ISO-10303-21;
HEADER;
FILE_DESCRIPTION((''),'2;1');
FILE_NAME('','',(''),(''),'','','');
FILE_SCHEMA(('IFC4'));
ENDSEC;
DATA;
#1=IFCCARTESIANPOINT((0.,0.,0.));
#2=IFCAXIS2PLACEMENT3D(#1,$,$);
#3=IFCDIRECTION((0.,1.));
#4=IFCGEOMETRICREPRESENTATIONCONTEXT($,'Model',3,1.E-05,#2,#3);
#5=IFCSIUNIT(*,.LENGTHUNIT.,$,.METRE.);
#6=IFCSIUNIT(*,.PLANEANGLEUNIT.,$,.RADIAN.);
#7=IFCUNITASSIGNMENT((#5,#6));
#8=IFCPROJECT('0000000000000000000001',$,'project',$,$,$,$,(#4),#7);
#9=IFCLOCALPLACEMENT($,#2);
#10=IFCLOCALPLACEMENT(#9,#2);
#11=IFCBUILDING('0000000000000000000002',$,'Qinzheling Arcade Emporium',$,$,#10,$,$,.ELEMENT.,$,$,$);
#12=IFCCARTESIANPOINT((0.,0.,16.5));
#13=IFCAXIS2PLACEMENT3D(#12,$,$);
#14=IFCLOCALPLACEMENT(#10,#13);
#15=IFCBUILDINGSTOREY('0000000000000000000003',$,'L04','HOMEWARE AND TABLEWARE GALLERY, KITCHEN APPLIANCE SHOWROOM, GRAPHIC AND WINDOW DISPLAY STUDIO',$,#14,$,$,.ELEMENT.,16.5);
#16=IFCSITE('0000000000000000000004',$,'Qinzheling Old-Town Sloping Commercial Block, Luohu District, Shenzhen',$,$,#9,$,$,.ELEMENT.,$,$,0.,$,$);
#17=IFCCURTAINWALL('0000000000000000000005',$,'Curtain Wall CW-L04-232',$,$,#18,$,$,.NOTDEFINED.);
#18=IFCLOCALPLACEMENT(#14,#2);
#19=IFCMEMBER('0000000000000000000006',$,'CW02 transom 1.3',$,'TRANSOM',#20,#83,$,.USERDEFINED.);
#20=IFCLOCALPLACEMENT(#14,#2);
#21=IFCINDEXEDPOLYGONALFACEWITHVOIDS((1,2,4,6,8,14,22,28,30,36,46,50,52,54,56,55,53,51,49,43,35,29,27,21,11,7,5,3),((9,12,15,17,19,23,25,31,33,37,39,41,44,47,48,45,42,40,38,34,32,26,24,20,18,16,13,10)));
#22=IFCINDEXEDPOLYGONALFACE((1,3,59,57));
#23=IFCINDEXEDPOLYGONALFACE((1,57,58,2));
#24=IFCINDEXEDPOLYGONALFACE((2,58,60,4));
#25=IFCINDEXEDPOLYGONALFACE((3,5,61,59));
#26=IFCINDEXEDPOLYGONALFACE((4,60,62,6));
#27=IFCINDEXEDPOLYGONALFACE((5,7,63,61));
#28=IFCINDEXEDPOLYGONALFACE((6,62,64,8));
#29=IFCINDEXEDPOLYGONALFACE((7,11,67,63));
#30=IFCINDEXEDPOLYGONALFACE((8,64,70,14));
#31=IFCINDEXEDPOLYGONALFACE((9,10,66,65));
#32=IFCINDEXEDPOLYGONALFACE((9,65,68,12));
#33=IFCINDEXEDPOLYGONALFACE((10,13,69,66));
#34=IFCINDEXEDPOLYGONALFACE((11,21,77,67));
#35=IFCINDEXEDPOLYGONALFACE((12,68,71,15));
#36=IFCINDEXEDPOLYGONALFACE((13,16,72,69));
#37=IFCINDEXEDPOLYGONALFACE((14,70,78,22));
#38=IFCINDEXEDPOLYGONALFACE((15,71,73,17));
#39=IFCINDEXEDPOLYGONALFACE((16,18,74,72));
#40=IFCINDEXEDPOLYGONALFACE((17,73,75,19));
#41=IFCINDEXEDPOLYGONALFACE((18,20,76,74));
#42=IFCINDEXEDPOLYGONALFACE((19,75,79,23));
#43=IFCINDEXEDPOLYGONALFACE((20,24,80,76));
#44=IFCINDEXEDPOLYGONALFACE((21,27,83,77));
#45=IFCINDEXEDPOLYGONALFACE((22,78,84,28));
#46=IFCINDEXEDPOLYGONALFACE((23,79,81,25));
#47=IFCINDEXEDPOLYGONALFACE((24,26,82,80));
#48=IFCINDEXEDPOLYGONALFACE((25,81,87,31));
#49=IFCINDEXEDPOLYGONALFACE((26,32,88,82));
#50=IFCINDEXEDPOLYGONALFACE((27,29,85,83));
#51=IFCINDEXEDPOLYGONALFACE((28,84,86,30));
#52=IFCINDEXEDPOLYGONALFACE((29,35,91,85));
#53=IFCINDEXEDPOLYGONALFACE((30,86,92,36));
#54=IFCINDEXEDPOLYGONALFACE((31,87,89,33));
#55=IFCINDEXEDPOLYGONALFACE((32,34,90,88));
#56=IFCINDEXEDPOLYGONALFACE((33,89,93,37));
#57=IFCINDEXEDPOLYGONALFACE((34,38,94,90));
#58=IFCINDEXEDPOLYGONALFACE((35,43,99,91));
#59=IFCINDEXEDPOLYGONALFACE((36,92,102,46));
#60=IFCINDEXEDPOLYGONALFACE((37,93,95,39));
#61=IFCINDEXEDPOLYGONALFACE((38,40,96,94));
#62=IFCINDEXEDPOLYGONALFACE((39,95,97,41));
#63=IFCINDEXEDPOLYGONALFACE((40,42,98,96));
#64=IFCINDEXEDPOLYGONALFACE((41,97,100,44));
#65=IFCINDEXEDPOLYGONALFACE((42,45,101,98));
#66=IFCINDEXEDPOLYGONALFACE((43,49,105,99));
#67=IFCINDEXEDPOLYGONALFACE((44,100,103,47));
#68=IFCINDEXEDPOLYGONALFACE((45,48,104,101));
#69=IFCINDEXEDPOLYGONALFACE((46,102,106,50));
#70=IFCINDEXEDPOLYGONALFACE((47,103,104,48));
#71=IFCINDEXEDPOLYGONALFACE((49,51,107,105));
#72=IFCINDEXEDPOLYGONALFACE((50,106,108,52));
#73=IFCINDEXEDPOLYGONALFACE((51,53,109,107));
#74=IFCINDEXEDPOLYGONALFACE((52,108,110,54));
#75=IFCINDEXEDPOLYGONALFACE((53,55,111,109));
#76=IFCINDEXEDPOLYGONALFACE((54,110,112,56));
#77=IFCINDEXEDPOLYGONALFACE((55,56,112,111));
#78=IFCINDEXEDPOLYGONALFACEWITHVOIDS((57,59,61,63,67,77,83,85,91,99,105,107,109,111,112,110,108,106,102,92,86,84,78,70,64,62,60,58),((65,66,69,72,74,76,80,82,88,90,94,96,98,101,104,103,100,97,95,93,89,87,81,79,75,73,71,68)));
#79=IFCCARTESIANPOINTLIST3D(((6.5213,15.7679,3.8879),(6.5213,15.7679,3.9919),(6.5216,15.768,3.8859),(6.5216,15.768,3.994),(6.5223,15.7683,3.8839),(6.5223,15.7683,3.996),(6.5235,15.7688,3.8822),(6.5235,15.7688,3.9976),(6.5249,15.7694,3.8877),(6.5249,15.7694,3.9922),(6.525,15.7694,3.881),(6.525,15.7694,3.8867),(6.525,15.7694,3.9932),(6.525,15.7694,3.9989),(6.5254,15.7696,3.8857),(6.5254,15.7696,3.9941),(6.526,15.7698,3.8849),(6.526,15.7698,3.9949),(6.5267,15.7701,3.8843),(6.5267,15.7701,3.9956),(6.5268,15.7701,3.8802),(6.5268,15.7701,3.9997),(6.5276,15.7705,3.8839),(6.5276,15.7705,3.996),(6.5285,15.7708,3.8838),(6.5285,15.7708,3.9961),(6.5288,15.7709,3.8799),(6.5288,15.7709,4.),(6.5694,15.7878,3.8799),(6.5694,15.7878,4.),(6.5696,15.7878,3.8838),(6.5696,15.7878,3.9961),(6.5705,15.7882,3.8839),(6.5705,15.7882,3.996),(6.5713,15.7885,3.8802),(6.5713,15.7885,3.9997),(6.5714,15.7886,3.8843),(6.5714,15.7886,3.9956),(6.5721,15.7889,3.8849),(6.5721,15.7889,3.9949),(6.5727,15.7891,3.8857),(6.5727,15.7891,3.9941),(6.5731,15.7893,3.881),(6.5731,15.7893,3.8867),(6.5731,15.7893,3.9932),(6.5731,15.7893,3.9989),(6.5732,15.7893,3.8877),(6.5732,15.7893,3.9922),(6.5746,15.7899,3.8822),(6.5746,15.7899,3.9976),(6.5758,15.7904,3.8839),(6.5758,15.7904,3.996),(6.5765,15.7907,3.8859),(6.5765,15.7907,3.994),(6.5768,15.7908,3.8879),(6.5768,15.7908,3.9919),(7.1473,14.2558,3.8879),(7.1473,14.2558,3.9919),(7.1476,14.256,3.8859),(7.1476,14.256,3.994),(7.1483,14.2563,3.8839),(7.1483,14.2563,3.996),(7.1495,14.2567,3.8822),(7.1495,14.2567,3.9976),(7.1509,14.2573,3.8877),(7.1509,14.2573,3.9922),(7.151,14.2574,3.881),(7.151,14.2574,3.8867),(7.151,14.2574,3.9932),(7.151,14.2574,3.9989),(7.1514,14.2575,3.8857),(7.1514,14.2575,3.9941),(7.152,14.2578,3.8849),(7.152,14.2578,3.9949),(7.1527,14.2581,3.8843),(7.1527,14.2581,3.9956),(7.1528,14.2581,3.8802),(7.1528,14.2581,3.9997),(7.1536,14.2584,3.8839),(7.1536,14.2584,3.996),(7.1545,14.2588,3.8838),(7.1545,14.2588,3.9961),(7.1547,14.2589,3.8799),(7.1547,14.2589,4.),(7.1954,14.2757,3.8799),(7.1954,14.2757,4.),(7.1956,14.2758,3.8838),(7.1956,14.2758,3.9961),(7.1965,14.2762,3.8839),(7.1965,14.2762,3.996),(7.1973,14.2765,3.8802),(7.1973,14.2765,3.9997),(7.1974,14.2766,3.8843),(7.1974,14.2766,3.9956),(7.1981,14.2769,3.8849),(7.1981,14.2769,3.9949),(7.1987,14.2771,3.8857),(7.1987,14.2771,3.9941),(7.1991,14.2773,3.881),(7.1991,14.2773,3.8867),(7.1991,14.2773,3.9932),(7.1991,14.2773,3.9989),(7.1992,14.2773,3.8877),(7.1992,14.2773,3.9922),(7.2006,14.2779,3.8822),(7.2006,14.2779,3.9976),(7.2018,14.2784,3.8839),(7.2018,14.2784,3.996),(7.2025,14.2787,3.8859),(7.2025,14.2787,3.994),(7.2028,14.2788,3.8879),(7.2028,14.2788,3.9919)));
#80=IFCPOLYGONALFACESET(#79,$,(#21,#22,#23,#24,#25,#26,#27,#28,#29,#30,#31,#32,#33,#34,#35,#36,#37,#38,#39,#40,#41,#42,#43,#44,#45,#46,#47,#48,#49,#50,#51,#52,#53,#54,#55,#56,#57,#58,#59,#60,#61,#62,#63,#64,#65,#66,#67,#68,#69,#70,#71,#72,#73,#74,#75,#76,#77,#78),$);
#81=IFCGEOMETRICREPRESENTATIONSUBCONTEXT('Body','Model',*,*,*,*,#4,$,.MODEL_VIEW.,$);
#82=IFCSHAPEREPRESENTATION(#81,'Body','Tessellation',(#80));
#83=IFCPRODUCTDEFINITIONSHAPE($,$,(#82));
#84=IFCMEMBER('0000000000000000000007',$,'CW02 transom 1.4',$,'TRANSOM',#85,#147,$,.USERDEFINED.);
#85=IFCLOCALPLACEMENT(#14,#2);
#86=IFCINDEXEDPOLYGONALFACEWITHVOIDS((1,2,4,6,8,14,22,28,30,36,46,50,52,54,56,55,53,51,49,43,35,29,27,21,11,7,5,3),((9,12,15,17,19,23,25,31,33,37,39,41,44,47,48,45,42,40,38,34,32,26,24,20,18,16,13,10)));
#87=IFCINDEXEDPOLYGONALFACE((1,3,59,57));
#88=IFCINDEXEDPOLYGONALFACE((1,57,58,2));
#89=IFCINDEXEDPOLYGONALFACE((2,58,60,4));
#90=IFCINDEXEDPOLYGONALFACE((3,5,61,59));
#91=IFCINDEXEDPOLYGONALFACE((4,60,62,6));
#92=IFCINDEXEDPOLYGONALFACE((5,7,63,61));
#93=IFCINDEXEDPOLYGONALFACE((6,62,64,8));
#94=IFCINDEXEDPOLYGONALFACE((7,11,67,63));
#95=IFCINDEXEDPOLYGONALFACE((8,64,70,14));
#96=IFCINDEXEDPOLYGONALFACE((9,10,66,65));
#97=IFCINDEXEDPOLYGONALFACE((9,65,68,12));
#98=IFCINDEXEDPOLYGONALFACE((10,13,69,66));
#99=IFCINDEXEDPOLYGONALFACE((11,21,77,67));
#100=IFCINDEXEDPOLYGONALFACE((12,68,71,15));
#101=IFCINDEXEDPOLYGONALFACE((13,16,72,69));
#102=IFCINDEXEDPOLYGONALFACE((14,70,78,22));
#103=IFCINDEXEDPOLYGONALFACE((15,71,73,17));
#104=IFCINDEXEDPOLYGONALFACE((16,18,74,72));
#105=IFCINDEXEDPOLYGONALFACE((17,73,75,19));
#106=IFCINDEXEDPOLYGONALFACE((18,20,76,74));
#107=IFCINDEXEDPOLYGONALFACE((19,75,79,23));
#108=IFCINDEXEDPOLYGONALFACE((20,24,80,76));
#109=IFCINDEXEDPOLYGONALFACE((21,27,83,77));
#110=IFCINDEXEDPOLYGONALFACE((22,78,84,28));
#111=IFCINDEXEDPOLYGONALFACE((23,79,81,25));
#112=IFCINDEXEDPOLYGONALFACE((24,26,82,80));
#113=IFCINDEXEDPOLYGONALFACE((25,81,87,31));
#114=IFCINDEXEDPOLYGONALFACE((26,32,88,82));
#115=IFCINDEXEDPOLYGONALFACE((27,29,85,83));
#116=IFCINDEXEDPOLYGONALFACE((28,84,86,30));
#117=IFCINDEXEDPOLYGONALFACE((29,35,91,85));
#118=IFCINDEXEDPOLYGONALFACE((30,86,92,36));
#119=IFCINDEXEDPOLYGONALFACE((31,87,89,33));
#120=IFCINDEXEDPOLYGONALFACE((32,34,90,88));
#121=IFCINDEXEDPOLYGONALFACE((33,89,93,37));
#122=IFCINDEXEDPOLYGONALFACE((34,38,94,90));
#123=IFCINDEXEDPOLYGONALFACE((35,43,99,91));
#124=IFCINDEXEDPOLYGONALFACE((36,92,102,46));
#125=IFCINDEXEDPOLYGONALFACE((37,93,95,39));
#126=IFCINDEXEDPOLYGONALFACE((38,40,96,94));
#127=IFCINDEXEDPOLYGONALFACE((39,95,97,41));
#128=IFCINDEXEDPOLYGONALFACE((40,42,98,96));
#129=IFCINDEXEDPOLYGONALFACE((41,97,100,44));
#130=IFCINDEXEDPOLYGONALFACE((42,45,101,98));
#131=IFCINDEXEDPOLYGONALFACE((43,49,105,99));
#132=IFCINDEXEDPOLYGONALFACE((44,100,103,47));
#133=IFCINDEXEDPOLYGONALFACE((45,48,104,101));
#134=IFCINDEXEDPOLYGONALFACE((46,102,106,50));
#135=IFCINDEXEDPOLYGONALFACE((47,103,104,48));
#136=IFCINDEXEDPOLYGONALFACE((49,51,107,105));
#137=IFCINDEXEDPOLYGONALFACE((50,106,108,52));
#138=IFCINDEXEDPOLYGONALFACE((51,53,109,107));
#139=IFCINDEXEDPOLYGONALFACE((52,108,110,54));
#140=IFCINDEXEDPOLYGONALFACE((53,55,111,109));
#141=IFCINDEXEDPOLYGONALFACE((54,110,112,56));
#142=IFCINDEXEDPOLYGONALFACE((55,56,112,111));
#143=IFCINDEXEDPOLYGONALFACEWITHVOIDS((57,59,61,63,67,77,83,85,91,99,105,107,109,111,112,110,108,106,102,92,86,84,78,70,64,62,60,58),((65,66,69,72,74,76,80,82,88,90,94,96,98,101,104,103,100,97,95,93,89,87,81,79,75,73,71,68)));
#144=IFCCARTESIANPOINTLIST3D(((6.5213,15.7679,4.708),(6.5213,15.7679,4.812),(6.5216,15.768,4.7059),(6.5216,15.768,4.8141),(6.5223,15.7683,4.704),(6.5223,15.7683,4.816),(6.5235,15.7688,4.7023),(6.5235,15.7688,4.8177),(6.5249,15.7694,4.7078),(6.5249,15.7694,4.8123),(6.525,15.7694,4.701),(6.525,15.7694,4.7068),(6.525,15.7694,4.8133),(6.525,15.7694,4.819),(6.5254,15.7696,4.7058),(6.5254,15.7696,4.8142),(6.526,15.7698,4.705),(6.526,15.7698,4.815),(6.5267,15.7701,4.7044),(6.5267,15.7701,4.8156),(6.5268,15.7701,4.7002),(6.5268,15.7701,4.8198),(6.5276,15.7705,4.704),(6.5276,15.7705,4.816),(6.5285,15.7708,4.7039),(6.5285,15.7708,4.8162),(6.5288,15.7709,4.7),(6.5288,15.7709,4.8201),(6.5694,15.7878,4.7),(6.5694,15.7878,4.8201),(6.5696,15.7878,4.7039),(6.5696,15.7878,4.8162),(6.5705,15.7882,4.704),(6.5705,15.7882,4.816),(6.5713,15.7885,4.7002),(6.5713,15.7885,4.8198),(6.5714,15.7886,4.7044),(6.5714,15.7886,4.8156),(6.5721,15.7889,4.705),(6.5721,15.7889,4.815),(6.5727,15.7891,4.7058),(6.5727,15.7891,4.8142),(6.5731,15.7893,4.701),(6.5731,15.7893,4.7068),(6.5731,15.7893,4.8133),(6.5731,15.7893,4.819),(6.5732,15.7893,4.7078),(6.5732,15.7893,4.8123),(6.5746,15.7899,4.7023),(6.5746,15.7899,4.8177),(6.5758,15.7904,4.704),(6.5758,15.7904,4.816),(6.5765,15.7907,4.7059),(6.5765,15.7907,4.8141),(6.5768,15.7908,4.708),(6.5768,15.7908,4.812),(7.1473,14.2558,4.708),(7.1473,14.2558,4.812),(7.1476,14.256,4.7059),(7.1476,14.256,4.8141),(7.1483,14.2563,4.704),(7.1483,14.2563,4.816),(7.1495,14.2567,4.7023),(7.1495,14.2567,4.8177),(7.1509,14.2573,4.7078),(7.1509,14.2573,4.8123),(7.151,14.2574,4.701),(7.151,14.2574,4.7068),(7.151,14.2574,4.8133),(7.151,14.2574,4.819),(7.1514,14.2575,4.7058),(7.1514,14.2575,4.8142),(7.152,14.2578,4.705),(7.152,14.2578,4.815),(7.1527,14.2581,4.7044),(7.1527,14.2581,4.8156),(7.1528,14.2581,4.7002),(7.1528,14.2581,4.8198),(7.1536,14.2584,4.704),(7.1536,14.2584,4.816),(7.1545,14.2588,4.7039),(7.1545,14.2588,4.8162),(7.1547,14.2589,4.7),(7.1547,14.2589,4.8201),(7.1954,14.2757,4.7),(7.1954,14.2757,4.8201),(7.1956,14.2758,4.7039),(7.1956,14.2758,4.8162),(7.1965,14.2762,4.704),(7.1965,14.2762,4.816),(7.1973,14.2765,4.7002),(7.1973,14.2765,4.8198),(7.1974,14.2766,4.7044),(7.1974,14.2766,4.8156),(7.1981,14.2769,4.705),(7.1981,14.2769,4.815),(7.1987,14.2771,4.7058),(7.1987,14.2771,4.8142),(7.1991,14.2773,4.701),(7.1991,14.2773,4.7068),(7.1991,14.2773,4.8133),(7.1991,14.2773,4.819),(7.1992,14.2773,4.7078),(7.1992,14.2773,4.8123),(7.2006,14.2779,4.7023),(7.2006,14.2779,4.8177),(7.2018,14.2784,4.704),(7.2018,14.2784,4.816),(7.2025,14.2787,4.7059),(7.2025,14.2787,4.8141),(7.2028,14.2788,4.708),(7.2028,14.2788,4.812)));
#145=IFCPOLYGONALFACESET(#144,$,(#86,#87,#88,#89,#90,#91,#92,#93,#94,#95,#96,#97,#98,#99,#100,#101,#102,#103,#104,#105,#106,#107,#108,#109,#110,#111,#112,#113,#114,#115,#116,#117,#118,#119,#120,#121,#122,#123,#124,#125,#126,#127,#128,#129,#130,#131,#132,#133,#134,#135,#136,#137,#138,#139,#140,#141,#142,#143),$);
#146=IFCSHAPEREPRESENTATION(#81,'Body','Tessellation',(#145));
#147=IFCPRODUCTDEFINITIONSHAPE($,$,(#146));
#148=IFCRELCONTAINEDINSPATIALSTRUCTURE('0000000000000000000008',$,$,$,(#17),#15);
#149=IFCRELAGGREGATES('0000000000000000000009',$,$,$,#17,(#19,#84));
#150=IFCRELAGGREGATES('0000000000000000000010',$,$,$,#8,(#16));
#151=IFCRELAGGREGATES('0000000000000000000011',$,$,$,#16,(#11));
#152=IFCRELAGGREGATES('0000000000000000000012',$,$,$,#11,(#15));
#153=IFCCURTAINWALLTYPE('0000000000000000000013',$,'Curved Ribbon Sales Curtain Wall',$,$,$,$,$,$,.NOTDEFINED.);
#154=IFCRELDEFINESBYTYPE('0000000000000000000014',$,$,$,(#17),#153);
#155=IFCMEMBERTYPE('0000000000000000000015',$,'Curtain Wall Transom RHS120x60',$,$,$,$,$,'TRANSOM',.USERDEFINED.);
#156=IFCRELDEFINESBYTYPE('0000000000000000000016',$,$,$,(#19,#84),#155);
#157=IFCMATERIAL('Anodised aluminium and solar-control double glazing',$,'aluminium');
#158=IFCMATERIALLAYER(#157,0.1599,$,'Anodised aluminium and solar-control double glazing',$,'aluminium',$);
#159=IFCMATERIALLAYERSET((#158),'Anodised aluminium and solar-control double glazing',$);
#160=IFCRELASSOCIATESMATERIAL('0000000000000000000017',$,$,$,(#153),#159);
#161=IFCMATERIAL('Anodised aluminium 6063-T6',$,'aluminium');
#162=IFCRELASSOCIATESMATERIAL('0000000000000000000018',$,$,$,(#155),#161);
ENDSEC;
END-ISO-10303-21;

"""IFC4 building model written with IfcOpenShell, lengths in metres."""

from ifc_helpers import new_model, si_unit, direction, frame, origin, origin_2d, place, context, subcontext, project, spatial, hollow_rectangle, extrude, material, layer, layer_set, material_profile, profile_set, type_object, element, aggregate, save


model = new_model("IFC4")

# Units and contexts
model_context = context("Model", 3, precision=1e-05, world=origin(), true_north=direction((0.0, 1.0)))
body_context = subcontext(model_context, "Body", "Model", "MODEL_VIEW")
ifc_project = project(units=[si_unit("LENGTHUNIT", "METRE"), si_unit("PLANEANGLEUNIT", "RADIAN")], contexts=[model_context])

# Site, building, storey
site_placement = place(None, origin())
site = spatial("IfcSite", under=ifc_project, at=site_placement, Name="Qinzheling Old-Town Sloping Commercial Block, Luohu District, Shenzhen", CompositionType="ELEMENT", RefElevation=0.0)
building_placement = place(site_placement, origin())
building = spatial("IfcBuilding", under=site, at=building_placement, Name="Qinzheling Arcade Emporium", CompositionType="ELEMENT")
storey_placement = place(building_placement, frame((0.0, 0.0, 16.5)))
storey = spatial("IfcBuildingStorey", under=building, at=storey_placement, Name="L04", Description="HOMEWARE AND TABLEWARE GALLERY, KITCHEN APPLIANCE SHOWROOM, GRAPHIC AND WINDOW DISPLAY STUDIO", CompositionType="ELEMENT", Elevation=16.5)

# Curtain wall
ifc_material_1 = material(Name="Anodised aluminium and solar-control double glazing", Category="aluminium")
ifc_layer_1 = layer(ifc_material_1, 0.1599, Name="Anodised aluminium and solar-control double glazing", Category="aluminium")
ifc_layer_set_1 = layer_set([ifc_layer_1], Name="Anodised aluminium and solar-control double glazing")
curtain_wall_type = type_object("IfcCurtainWallType", Name="Curved Ribbon Sales Curtain Wall", PredefinedType="NOTDEFINED", material=ifc_layer_set_1)
ifc_material_2 = material(Name="Anodised aluminium 6063-T6", Category="aluminium")
curtain_wall_1_placement = place(storey_placement, origin())
curtain_wall_1 = element("IfcCurtainWall", 1, at=curtain_wall_1_placement, inside=storey, type_object=curtain_wall_type, Name="Curtain Wall CW-L04-232", PredefinedType="NOTDEFINED")

# Members
ifc_material_profile_1 = material_profile(ifc_material_2, hollow_rectangle(XDim=0.0601, YDim=0.1201, WallThickness=0.0039, InnerFilletRadius=0.0039, OuterFilletRadius=0.0081, at=origin_2d()), Name="RHS 120x60x4", Category="aluminium")
ifc_profile_set_1 = profile_set([ifc_material_profile_1], Name="Anodised aluminium 6063-T6")
member_type_1 = type_object("IfcMemberType", Name="Curtain Wall Transom RHS120x60", ElementType="TRANSOM", PredefinedType="USERDEFINED", material=ifc_profile_set_1)
member_1_placement = place(storey_placement, frame((7.175, 14.2673, 3.9399), z_axis=(-0.382527, 0.923944, 0.0), x_axis=(-0.923944, -0.382527, 0.0)))
member_1 = element("IfcMember", 2, at=member_1_placement, type_object=member_type_1, Name="CW02 transom 1.3", ObjectType="TRANSOM", PredefinedType="USERDEFINED", context=body_context, shape_type="SweptSolid", body=[
    extrude(hollow_rectangle(XDim=0.0601, YDim=0.1201, WallThickness=0.0039, InnerFilletRadius=0.0039, OuterFilletRadius=0.0081, at=origin_2d()), origin(), (0.0, 0.0, 1.0), 1.6365),
])
member_2_placement = place(storey_placement, frame((7.175, 14.2673, 4.76), z_axis=(-0.382527, 0.923944, 0.0), x_axis=(-0.923944, -0.382527, 0.0)))
member_2 = element("IfcMember", 3, at=member_2_placement, type_object=member_type_1, Name="CW02 transom 1.4", ObjectType="TRANSOM", PredefinedType="USERDEFINED", context=body_context, shape_type="SweptSolid", body=[
    extrude(hollow_rectangle(XDim=0.0601, YDim=0.1201, WallThickness=0.0039, InnerFilletRadius=0.0039, OuterFilletRadius=0.0081, at=origin_2d()), origin(), (0.0, 0.0, 1.0), 1.6365),
])

aggregate(curtain_wall_1, [member_1, member_2])

save(model, "model.ifc")
